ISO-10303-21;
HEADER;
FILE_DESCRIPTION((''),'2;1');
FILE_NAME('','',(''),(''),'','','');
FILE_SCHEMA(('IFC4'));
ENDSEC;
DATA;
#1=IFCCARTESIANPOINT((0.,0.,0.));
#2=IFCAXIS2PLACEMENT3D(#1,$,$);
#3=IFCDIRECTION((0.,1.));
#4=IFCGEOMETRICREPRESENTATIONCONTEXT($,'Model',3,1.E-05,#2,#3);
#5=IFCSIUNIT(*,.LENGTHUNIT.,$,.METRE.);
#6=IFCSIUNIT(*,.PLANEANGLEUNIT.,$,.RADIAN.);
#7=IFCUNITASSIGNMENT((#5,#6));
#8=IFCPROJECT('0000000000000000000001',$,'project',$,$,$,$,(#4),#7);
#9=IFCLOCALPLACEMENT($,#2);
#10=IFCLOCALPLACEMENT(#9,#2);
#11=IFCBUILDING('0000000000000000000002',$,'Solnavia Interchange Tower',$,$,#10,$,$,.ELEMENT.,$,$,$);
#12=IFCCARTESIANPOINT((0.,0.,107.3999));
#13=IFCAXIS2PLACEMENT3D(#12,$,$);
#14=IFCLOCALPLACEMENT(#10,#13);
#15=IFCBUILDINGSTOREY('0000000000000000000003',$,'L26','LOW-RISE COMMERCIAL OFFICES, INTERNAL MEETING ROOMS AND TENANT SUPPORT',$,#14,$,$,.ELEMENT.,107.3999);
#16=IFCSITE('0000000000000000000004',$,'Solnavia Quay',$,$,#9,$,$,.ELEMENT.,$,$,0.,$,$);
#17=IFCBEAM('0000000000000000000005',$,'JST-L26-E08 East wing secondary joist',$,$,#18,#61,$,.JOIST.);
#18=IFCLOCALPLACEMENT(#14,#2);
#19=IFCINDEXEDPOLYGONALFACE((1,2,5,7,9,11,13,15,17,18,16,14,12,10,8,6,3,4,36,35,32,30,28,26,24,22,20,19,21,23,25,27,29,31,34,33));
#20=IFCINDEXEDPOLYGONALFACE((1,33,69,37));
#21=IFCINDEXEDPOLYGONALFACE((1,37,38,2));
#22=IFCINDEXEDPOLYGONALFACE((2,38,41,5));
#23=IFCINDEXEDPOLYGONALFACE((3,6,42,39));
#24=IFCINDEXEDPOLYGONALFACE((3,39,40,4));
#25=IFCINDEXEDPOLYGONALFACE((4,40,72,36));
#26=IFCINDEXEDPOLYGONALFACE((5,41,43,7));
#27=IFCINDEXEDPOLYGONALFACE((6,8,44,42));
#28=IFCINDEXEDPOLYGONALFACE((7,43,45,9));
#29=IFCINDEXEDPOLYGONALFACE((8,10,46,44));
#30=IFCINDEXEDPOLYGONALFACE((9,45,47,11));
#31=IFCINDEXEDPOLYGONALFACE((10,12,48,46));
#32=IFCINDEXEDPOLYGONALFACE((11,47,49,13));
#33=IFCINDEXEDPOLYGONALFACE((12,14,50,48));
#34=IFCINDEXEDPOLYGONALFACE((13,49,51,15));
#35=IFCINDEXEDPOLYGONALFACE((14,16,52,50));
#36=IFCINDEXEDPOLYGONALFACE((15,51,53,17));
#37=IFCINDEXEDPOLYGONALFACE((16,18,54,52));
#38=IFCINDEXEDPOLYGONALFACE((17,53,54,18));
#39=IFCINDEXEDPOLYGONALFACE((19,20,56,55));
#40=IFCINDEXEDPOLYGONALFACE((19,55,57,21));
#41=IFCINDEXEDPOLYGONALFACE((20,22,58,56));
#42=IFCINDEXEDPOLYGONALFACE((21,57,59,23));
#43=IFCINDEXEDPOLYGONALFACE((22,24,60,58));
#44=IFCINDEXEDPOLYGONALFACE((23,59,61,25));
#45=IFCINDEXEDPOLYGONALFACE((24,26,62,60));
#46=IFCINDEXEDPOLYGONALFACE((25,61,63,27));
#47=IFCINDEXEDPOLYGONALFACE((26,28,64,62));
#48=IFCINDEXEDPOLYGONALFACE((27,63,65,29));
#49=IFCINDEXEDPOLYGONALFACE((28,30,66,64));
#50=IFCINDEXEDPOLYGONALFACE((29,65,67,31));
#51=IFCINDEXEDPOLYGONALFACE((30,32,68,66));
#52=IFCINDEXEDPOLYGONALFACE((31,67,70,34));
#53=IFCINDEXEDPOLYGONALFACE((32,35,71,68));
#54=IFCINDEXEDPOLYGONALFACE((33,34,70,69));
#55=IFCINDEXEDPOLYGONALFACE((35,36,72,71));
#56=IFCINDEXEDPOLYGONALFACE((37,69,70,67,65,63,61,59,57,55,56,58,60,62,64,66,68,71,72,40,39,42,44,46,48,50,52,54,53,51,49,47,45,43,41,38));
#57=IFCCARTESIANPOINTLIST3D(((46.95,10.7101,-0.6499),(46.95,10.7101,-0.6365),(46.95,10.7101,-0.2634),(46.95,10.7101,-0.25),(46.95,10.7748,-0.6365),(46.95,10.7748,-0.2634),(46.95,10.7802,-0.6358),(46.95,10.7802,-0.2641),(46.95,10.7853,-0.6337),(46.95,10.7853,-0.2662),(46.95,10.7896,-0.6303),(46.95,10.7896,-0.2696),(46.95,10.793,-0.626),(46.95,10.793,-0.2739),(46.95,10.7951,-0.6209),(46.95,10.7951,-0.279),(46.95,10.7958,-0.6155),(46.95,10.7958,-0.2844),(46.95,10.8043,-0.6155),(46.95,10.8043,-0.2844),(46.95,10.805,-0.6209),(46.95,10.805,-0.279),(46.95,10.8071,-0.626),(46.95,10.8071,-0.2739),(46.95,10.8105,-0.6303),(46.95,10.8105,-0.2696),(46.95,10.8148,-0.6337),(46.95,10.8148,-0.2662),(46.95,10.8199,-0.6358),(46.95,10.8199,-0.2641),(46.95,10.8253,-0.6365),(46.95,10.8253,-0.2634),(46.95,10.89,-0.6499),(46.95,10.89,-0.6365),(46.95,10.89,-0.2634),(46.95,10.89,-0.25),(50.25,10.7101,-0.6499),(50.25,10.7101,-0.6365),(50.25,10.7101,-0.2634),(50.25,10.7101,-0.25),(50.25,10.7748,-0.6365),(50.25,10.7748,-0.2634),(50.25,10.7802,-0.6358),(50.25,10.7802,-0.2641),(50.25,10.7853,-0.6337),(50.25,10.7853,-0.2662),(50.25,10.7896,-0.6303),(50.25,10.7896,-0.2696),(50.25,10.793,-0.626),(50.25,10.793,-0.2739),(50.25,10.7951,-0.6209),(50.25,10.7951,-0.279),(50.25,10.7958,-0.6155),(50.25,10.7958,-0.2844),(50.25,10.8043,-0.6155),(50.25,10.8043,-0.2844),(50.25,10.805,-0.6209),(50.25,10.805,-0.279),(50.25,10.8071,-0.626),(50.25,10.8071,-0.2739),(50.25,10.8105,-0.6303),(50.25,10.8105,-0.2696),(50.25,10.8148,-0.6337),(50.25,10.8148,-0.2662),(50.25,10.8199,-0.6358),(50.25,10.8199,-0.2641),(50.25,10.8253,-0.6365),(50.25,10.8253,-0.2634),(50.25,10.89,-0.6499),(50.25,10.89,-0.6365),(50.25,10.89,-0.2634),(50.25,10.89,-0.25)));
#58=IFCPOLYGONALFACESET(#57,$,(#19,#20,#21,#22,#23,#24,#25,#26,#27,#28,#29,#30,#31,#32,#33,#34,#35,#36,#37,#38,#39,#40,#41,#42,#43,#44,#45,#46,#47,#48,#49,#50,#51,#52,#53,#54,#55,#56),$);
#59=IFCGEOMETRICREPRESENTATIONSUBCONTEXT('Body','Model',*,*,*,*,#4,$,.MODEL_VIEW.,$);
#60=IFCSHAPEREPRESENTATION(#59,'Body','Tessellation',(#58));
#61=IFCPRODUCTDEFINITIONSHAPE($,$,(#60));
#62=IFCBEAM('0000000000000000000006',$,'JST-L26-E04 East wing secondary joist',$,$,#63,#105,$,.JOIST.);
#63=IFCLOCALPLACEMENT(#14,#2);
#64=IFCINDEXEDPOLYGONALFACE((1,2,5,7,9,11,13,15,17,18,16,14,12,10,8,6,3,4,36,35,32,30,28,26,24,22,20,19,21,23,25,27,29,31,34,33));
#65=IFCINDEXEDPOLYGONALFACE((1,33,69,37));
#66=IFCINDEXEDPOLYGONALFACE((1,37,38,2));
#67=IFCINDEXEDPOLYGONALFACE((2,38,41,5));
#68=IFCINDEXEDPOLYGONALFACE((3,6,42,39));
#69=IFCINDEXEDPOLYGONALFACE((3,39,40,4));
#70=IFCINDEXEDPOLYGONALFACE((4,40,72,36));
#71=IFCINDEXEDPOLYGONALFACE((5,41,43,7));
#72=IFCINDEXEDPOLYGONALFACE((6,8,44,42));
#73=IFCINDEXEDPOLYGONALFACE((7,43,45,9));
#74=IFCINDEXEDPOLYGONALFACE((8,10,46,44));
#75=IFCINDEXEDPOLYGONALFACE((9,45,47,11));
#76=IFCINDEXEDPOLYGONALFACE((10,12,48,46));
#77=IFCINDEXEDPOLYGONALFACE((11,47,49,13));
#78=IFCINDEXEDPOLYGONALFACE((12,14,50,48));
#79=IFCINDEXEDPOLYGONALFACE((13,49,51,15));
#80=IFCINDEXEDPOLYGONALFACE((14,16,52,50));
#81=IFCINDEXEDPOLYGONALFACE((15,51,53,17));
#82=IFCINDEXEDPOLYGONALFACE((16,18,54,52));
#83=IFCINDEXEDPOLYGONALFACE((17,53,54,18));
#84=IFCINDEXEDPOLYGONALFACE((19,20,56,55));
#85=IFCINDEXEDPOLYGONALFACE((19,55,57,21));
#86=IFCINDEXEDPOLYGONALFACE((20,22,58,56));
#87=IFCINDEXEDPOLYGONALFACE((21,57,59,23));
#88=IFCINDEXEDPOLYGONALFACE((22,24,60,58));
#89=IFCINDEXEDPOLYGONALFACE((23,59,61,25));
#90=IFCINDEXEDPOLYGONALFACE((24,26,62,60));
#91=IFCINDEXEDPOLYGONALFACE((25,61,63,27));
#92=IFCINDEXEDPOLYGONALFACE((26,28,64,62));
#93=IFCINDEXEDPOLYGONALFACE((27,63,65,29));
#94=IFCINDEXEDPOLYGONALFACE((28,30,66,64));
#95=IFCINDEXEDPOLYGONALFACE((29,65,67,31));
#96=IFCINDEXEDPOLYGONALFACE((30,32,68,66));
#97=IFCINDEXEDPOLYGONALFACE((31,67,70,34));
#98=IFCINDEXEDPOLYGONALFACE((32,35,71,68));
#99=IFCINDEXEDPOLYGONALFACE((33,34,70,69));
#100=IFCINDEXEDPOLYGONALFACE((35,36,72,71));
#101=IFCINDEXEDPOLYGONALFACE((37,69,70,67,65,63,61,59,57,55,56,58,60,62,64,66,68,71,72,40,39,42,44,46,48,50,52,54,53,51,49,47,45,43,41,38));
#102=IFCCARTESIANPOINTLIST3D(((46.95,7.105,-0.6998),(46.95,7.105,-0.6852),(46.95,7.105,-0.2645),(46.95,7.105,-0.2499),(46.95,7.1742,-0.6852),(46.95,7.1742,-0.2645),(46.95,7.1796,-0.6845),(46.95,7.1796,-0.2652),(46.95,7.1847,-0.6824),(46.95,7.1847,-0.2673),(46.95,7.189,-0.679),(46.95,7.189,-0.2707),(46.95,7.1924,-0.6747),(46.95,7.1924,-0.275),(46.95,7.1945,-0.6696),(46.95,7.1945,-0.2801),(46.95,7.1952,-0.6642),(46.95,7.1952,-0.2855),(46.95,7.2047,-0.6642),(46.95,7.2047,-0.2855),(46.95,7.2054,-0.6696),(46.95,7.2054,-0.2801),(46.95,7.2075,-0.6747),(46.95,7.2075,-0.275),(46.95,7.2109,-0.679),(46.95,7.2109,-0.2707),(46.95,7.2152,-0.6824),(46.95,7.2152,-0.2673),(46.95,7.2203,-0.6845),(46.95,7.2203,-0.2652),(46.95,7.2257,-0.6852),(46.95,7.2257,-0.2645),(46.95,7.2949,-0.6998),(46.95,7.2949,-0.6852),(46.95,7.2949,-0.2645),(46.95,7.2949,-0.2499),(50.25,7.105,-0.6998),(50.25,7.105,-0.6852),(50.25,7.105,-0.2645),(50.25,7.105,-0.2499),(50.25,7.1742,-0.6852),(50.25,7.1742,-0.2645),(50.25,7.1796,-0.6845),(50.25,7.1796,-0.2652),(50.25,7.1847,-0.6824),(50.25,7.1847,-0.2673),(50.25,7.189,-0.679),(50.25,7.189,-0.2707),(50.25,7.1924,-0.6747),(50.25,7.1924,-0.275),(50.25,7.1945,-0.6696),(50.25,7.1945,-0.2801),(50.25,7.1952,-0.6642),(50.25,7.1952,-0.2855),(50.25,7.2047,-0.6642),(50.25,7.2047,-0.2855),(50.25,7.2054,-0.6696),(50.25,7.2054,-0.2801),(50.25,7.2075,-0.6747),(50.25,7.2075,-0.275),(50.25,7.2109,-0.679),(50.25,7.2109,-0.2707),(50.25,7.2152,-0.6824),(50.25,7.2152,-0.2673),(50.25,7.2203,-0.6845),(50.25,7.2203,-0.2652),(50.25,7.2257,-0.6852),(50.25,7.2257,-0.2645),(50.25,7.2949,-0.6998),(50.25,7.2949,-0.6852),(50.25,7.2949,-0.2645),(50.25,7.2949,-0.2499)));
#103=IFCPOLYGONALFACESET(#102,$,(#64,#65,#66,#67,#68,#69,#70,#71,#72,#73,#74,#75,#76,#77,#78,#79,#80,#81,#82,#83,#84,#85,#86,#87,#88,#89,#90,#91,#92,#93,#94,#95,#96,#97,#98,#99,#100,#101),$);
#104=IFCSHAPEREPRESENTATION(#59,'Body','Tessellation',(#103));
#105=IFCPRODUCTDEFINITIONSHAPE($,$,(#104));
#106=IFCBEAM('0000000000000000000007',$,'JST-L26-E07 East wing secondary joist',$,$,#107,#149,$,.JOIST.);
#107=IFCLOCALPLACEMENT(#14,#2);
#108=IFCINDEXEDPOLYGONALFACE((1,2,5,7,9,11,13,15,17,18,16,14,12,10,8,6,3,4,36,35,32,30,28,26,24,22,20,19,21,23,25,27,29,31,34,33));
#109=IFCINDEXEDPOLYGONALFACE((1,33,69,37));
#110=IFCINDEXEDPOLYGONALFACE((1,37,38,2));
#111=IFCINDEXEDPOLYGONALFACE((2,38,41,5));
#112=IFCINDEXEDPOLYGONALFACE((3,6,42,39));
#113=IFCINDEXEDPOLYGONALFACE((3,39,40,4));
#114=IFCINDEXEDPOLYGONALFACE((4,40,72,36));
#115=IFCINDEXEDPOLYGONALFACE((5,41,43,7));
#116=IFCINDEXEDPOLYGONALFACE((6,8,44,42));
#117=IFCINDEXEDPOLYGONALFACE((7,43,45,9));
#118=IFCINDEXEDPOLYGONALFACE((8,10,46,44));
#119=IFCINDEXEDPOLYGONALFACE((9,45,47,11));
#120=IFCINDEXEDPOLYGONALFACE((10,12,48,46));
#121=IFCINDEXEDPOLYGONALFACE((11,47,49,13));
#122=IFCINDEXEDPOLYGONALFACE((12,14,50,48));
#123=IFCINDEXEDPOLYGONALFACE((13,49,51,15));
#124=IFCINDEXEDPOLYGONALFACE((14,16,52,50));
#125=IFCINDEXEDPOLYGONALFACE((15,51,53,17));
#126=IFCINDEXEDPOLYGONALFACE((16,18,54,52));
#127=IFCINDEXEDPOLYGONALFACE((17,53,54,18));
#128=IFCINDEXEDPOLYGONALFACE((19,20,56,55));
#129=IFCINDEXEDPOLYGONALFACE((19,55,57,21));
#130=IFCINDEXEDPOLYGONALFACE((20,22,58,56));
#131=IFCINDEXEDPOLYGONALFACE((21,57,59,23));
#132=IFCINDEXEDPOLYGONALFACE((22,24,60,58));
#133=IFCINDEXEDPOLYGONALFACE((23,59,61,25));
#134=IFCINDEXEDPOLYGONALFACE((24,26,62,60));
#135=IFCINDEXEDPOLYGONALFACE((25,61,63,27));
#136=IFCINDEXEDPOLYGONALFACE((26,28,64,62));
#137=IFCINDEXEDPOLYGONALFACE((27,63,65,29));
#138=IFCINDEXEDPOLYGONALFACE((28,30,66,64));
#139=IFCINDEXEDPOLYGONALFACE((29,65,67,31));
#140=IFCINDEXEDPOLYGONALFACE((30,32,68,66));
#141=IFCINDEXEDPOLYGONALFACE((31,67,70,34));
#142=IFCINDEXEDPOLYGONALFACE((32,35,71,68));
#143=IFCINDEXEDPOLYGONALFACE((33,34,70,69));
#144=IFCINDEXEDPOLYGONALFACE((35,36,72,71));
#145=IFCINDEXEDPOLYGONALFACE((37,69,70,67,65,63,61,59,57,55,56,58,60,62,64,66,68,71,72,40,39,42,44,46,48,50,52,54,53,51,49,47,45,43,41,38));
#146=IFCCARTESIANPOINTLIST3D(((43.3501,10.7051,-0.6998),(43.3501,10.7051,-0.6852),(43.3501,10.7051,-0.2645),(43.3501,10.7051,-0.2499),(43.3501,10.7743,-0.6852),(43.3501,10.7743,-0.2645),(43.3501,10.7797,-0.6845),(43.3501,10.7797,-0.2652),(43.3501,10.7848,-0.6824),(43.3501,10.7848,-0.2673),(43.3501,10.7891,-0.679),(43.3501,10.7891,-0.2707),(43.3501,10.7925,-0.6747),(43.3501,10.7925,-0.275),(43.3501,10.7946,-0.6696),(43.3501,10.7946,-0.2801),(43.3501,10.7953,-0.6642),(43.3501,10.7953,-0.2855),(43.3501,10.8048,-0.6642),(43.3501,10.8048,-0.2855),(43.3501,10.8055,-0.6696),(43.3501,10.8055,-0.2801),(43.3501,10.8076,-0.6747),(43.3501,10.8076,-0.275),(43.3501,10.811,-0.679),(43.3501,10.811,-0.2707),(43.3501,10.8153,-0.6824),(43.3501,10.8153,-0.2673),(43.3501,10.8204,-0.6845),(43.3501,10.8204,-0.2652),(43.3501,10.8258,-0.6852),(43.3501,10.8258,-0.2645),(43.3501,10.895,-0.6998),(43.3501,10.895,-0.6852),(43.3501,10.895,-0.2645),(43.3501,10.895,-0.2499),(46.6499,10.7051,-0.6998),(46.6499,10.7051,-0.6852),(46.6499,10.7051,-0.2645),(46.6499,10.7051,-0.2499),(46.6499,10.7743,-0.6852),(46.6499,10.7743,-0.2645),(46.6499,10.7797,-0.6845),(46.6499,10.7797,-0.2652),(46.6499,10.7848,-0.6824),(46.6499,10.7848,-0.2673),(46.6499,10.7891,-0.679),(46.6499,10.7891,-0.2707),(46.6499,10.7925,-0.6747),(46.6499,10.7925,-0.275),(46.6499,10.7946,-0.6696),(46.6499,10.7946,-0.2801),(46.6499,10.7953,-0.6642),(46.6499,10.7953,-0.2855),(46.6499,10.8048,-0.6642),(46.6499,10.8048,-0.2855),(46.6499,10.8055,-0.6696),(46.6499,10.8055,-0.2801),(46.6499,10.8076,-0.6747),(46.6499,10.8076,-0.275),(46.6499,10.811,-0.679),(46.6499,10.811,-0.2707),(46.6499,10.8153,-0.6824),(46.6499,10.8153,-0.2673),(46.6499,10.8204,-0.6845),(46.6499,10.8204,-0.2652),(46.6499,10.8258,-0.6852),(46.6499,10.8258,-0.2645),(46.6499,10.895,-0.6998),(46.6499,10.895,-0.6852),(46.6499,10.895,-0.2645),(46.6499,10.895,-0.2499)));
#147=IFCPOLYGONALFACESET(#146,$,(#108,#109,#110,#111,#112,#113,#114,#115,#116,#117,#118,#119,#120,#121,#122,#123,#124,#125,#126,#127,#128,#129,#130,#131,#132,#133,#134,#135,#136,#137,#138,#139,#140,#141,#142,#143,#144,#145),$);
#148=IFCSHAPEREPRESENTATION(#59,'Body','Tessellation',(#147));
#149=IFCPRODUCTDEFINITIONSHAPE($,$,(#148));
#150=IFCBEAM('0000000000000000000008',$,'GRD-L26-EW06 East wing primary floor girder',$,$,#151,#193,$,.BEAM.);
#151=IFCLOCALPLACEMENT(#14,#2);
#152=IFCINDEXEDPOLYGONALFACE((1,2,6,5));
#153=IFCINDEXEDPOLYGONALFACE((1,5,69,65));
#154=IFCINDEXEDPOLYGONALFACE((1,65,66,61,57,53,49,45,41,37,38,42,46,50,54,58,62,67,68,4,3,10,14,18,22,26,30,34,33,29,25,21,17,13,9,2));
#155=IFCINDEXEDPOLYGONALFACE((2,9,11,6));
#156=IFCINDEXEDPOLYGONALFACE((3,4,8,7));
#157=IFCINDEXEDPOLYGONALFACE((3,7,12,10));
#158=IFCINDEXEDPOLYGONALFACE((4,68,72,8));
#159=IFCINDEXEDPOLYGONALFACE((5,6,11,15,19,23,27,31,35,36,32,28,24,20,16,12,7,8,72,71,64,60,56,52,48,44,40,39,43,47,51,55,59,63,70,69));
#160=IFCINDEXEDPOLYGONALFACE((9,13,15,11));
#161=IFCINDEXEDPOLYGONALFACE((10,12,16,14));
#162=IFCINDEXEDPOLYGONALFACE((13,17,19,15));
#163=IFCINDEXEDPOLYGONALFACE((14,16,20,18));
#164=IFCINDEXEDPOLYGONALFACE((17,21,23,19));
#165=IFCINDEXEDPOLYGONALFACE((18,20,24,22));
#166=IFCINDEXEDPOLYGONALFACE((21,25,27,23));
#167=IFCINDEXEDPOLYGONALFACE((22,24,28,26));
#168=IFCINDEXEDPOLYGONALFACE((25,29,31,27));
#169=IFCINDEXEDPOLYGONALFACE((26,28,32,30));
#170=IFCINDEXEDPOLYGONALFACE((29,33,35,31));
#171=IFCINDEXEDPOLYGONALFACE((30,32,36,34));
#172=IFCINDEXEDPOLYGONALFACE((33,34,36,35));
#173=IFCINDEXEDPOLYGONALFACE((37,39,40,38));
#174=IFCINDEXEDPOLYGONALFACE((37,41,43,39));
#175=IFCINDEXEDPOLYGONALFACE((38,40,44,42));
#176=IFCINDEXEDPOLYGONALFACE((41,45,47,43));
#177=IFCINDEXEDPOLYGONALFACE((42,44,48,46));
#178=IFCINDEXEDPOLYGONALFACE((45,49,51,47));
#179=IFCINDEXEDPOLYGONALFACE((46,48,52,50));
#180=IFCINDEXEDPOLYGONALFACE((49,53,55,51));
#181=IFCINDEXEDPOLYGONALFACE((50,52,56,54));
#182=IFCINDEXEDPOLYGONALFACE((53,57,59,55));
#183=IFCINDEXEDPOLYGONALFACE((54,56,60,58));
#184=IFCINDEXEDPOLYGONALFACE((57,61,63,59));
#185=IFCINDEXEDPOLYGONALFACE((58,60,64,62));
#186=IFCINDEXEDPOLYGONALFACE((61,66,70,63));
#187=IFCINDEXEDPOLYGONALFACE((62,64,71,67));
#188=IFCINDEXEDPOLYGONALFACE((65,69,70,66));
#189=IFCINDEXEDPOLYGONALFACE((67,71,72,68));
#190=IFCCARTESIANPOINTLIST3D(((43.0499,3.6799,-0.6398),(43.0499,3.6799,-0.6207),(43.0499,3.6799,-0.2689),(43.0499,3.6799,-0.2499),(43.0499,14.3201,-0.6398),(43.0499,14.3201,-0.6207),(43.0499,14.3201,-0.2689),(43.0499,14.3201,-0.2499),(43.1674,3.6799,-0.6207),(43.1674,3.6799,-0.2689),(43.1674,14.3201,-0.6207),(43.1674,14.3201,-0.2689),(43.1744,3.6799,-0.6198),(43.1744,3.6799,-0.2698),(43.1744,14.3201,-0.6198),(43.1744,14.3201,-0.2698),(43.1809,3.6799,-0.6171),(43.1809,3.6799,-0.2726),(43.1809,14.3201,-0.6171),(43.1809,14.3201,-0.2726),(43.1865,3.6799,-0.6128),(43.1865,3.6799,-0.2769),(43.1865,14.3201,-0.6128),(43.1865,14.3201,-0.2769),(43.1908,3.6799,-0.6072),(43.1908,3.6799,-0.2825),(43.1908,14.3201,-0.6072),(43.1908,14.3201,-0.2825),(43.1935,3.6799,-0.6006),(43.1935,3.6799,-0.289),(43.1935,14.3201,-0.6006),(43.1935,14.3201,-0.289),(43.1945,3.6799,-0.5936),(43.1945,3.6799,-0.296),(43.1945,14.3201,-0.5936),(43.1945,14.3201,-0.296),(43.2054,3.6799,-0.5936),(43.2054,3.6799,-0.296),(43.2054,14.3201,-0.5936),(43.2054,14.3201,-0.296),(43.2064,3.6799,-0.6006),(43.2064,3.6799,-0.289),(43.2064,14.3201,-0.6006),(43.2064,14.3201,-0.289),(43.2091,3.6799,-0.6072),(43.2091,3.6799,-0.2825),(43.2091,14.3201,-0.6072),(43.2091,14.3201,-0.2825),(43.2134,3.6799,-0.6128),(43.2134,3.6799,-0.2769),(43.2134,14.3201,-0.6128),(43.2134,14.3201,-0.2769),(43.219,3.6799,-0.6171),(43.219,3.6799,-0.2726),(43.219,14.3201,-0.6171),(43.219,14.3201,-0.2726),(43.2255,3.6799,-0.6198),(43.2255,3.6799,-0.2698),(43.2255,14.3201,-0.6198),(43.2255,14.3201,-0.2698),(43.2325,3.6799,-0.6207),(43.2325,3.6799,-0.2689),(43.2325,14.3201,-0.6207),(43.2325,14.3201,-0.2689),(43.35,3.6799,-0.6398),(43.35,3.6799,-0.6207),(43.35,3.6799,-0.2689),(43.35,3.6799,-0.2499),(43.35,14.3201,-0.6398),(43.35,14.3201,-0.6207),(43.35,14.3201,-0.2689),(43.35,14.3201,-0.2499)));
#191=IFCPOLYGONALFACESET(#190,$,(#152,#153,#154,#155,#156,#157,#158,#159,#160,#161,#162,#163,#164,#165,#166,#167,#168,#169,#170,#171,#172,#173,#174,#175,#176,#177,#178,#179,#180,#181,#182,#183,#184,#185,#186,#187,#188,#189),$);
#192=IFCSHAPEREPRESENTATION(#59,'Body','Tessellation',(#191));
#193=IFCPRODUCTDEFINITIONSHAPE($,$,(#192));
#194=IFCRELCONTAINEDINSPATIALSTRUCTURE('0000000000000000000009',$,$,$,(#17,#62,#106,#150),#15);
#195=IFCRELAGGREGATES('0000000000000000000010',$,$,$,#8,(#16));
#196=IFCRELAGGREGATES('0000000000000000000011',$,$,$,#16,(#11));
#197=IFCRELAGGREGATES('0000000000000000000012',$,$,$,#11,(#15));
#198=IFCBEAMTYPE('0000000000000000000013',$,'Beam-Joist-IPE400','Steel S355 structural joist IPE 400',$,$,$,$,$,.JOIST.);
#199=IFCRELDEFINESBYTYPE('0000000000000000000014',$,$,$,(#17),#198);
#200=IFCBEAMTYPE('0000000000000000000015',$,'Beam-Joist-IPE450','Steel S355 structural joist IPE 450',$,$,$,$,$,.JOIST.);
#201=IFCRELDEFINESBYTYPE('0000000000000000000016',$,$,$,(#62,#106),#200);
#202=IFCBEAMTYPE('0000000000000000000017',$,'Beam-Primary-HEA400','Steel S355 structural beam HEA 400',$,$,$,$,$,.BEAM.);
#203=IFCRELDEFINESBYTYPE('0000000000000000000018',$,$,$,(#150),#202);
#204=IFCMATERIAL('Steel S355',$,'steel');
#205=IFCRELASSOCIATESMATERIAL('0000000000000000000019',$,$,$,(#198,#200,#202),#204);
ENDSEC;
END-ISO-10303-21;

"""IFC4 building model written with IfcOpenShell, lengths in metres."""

from ifc_helpers import new_model, si_unit, direction, frame, origin, origin_2d, place, context, subcontext, project, spatial, i_section, extrude, material, material_profile, profile_set, type_object, element, save


model = new_model("IFC4")

# Units and contexts
model_context = context("Model", 3, precision=1e-05, world=origin(), true_north=direction((0.0, 1.0)))
body_context = subcontext(model_context, "Body", "Model", "MODEL_VIEW")
ifc_project = project(units=[si_unit("LENGTHUNIT", "METRE"), si_unit("PLANEANGLEUNIT", "RADIAN")], contexts=[model_context])

# Site, building, storey
site_placement = place(None, origin())
site = spatial("IfcSite", under=ifc_project, at=site_placement, Name="Solnavia Quay", CompositionType="ELEMENT", RefElevation=0.0)
building_placement = place(site_placement, origin())
building = spatial("IfcBuilding", under=site, at=building_placement, Name="Solnavia Interchange Tower", CompositionType="ELEMENT")
storey_placement = place(building_placement, frame((0.0, 0.0, 107.3999)))
storey = spatial("IfcBuildingStorey", under=building, at=storey_placement, Name="L26", Description="LOW-RISE COMMERCIAL OFFICES, INTERNAL MEETING ROOMS AND TENANT SUPPORT", CompositionType="ELEMENT", Elevation=107.3999)

# Shared definitions
ifc_material_1 = material(Name="Steel S355", Category="steel")

# Beams
ifc_material_profile_1 = material_profile(ifc_material_1, i_section(OverallWidth=0.1799, OverallDepth=0.3999, WebThickness=0.0085, FlangeThickness=0.0134, FilletRadius=0.021, at=origin_2d()), Name="IPE 400")
ifc_profile_set_1 = profile_set([ifc_material_profile_1], Name="Steel S355")
beam_type_1 = type_object("IfcBeamType", Name="Beam-Joist-IPE400", Description="Steel S355 structural joist IPE 400", PredefinedType="JOIST", material=ifc_profile_set_1)
beam_1_placement = place(storey_placement, frame((46.95, 10.8, -0.45), z_axis=(1.0, 0.0, 0.0), x_axis=(0.0, 1.0, 0.0)))
element("IfcBeam", 1, at=beam_1_placement, inside=storey, type_object=beam_type_1, Name="JST-L26-E08 East wing secondary joist", PredefinedType="JOIST", context=body_context, shape_type="SweptSolid", body=[
    extrude(i_section(OverallWidth=0.1799, OverallDepth=0.3999, WebThickness=0.0085, FlangeThickness=0.0134, FilletRadius=0.021, at=origin_2d()), origin(), (0.0, 0.0, 1.0), 3.3),
])
ifc_material_profile_2 = material_profile(ifc_material_1, i_section(OverallWidth=0.1899, OverallDepth=0.45, WebThickness=0.0095, FlangeThickness=0.0146, FilletRadius=0.021, at=origin_2d()), Name="IPE 450")
ifc_profile_set_2 = profile_set([ifc_material_profile_2], Name="Steel S355")
beam_type_2 = type_object("IfcBeamType", Name="Beam-Joist-IPE450", Description="Steel S355 structural joist IPE 450", PredefinedType="JOIST", material=ifc_profile_set_2)
beam_2_placement = place(storey_placement, frame((46.95, 7.2, -0.4749), z_axis=(1.0, 0.0, 0.0), x_axis=(0.0, 1.0, 0.0)))
element("IfcBeam", 2, at=beam_2_placement, inside=storey, type_object=beam_type_2, Name="JST-L26-E04 East wing secondary joist", PredefinedType="JOIST", context=body_context, shape_type="SweptSolid", body=[
    extrude(i_section(OverallWidth=0.1899, OverallDepth=0.45, WebThickness=0.0095, FlangeThickness=0.0146, FilletRadius=0.021, at=origin_2d()), origin(), (0.0, 0.0, 1.0), 3.3),
])
beam_3_placement = place(storey_placement, frame((43.3501, 10.8, -0.4749), z_axis=(1.0, 0.0, 0.0), x_axis=(0.0, 1.0, 0.0)))
element("IfcBeam", 3, at=beam_3_placement, inside=storey, type_object=beam_type_2, Name="JST-L26-E07 East wing secondary joist", PredefinedType="JOIST", context=body_context, shape_type="SweptSolid", body=[
    extrude(i_section(OverallWidth=0.1899, OverallDepth=0.45, WebThickness=0.0095, FlangeThickness=0.0146, FilletRadius=0.021, at=origin_2d()), origin(), (0.0, 0.0, 1.0), 3.2998),
])
ifc_material_profile_3 = material_profile(ifc_material_1, i_section(OverallWidth=0.3, OverallDepth=0.3899, WebThickness=0.011, FlangeThickness=0.019, FilletRadius=0.0271, at=origin_2d()), Name="HEA 400")
ifc_profile_set_3 = profile_set([ifc_material_profile_3], Name="Steel S355")
beam_type_3 = type_object("IfcBeamType", Name="Beam-Primary-HEA400", Description="Steel S355 structural beam HEA 400", PredefinedType="BEAM", material=ifc_profile_set_3)
for number, where, z_axis, x_axis, name in (
    (4, (43.2, 3.6799, -0.4448), (0.0, 1.0, 0.0), (-1.0, 0.0, 0.0), "GRD-L26-EW06 East wing primary floor girder"),
):
    element("IfcBeam", number, at=place(storey_placement, frame(where, z_axis=z_axis, x_axis=x_axis)), inside=storey, type_object=beam_type_3, Name=name, PredefinedType="BEAM", context=body_context, shape_type="SweptSolid", body=[
        extrude(i_section(OverallWidth=0.3, OverallDepth=0.3899, WebThickness=0.011, FlangeThickness=0.019, FilletRadius=0.0271, at=origin_2d()), origin(), (0.0, 0.0, 1.0), 10.6401),
    ])

save(model, "model.ifc")
